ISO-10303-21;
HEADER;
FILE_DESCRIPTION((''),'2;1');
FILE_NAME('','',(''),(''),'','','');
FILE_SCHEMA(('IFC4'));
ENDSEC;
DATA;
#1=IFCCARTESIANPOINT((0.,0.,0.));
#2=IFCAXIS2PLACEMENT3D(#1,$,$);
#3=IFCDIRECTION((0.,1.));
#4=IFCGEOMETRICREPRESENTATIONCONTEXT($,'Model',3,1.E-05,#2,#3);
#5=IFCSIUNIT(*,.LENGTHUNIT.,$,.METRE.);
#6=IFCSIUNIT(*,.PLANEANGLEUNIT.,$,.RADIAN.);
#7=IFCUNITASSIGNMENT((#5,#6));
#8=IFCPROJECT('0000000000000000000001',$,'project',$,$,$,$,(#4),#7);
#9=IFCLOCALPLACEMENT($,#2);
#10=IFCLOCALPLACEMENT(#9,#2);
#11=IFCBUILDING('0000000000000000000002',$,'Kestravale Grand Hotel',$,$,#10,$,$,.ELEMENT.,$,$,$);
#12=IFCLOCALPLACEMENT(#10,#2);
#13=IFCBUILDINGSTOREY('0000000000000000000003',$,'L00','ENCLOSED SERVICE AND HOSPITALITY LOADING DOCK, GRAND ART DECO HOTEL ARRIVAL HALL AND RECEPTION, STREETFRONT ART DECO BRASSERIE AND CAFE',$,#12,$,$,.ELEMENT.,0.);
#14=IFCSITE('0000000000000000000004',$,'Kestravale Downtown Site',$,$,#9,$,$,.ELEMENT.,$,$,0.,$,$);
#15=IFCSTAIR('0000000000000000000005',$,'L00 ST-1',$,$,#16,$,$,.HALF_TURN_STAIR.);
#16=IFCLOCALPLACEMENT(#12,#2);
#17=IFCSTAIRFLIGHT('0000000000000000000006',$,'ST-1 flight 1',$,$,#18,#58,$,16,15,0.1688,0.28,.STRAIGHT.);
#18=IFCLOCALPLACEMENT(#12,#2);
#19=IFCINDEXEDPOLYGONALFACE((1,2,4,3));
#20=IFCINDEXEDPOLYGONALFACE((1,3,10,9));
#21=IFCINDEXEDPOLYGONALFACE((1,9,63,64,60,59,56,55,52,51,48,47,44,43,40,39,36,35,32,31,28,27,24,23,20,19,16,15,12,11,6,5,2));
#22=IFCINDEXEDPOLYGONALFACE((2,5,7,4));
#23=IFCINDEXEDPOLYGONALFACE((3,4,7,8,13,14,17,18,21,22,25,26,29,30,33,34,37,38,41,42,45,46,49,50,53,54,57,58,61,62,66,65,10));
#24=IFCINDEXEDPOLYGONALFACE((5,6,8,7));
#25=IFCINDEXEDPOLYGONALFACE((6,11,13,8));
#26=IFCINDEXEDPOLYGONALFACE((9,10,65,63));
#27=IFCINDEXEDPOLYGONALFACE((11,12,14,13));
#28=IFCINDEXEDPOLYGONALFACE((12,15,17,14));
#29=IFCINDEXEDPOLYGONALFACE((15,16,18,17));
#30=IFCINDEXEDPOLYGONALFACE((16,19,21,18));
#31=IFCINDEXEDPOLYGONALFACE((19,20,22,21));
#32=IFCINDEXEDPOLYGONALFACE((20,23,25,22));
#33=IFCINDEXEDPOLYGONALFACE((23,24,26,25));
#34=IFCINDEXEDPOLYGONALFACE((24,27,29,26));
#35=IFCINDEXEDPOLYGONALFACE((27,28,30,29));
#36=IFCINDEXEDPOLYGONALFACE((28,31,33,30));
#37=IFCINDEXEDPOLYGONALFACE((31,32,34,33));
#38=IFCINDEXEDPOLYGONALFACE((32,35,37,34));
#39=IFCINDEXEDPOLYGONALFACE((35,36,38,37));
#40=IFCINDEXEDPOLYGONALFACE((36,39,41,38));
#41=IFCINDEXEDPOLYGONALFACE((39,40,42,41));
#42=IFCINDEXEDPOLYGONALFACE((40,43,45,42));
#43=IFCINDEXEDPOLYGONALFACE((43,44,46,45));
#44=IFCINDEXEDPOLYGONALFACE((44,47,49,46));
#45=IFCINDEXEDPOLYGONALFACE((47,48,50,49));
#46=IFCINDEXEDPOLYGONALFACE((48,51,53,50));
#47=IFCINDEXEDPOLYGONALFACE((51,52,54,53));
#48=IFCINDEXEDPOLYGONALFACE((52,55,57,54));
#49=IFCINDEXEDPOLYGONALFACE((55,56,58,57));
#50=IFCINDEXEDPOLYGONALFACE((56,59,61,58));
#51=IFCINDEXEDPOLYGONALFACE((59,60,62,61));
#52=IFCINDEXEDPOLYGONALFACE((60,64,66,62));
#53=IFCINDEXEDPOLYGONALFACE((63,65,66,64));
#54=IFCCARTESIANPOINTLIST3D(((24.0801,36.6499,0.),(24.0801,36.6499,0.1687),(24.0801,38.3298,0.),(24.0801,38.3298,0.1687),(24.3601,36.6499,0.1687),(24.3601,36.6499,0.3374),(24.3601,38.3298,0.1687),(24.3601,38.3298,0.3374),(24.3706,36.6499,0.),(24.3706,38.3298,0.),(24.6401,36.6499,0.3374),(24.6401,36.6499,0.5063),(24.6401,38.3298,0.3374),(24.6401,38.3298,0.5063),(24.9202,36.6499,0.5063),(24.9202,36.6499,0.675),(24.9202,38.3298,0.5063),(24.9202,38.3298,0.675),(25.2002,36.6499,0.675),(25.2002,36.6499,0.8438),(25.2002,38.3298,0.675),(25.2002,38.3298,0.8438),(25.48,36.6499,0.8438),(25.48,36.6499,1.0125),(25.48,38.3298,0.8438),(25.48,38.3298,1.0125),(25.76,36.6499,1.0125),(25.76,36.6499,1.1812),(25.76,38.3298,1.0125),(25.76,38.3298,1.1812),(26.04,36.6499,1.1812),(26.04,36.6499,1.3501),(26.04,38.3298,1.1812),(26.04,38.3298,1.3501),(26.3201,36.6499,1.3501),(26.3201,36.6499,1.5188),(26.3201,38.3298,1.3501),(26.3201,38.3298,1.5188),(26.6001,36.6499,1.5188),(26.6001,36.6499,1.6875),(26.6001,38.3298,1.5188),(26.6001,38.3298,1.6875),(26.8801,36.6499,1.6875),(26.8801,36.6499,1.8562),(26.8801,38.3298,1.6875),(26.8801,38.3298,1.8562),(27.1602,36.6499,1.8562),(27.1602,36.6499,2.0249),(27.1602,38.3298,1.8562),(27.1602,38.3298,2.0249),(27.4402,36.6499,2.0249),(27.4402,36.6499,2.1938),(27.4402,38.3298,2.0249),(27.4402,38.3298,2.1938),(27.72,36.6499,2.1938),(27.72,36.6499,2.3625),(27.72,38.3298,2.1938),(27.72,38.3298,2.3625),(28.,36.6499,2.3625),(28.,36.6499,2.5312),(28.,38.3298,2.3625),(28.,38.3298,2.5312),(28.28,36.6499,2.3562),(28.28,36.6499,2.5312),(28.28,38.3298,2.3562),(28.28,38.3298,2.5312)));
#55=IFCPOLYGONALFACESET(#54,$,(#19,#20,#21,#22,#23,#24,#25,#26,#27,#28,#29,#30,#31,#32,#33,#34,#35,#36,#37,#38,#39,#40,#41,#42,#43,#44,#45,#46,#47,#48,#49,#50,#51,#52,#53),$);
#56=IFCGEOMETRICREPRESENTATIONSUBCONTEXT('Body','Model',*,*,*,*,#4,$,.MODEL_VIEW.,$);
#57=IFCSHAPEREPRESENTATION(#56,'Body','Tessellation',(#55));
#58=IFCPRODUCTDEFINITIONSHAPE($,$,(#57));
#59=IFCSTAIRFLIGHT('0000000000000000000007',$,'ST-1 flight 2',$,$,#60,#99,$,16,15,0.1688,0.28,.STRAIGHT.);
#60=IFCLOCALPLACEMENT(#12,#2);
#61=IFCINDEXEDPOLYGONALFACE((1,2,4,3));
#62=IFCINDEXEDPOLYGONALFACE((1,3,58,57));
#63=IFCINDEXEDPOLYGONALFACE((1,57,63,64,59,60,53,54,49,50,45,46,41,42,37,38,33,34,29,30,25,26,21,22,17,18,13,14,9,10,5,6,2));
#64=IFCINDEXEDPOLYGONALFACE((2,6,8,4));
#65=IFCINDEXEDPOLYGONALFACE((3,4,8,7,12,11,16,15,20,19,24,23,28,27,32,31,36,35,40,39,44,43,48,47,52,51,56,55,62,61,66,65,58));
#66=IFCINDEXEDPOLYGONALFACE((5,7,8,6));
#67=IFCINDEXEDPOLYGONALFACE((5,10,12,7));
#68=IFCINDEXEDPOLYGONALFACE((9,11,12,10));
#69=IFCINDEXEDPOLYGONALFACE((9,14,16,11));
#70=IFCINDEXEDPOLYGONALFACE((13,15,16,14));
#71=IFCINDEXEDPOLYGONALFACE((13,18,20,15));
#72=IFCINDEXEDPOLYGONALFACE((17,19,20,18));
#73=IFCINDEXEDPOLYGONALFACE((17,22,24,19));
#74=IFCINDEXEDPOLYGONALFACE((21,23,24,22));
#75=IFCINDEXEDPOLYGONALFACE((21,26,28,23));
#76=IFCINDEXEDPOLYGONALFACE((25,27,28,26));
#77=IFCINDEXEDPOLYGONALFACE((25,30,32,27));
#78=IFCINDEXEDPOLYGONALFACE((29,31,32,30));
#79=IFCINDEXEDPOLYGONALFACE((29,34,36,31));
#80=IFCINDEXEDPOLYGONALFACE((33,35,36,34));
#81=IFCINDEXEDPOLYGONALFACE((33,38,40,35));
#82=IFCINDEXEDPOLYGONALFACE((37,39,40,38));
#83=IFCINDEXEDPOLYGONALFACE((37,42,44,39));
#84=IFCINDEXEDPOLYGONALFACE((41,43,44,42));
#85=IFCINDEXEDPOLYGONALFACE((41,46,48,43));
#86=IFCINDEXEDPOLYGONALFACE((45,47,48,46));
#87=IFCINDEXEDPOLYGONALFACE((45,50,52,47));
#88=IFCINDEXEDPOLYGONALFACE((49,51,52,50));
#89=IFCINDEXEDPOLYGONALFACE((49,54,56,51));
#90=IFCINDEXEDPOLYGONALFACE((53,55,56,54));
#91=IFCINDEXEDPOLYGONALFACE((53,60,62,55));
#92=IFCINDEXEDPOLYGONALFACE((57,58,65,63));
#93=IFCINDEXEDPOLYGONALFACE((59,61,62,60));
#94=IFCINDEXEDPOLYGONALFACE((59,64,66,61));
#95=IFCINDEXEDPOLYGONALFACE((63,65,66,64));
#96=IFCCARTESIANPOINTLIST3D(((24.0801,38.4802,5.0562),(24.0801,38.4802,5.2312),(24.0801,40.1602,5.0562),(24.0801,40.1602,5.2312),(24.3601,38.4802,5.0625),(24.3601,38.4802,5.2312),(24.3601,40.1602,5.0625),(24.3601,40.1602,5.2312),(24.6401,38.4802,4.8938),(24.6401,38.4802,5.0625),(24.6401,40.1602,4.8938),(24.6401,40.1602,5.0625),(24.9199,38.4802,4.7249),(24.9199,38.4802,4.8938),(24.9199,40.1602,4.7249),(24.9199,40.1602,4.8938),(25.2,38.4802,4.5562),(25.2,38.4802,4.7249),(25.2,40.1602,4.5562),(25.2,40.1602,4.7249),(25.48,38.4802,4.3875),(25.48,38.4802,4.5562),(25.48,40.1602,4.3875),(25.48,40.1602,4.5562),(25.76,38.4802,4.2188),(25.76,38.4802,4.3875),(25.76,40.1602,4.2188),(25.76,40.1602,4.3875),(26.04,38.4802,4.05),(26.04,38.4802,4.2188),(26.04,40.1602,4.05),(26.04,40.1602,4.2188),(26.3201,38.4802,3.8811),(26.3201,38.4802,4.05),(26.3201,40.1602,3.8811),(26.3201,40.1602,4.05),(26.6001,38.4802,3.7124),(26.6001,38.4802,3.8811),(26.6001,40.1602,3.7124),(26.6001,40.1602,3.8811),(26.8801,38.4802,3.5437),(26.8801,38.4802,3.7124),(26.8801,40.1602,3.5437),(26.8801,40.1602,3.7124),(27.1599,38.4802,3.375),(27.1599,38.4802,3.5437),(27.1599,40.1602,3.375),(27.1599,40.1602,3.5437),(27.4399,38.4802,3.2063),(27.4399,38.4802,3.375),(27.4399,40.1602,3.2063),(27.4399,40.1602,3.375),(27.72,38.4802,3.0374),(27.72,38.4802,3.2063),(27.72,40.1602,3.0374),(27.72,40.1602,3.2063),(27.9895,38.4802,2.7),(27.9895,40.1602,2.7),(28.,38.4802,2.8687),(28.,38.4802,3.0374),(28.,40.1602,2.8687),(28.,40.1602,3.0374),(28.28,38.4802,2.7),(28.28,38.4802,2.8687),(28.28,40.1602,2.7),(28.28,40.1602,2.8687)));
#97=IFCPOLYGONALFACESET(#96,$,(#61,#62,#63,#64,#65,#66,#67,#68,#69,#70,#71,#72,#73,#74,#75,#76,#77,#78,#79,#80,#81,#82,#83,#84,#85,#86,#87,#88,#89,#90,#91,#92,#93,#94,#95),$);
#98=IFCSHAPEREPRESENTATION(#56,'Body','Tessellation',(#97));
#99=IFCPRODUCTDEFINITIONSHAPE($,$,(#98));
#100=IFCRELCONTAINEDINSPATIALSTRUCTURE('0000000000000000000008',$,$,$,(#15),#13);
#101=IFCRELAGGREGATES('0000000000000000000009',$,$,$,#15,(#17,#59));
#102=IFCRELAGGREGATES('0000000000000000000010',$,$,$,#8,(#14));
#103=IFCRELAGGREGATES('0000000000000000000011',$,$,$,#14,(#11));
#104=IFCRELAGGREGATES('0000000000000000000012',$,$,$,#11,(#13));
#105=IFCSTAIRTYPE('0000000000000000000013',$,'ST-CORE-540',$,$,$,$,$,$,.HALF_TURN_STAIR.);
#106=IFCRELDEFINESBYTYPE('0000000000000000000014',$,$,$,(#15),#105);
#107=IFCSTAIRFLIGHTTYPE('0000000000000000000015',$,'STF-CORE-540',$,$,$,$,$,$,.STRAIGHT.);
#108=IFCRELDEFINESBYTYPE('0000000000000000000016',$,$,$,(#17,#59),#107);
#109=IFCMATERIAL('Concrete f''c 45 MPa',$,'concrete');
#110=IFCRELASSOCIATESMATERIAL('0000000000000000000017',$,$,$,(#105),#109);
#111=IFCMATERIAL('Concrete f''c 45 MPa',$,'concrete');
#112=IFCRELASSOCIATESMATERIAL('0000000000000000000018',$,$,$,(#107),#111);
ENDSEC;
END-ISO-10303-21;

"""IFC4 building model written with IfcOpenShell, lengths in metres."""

from ifc_helpers import new_model, si_unit, direction, frame, origin, place, context, subcontext, project, spatial, polyline, outline, extrude, material, type_object, element, aggregate, save


model = new_model("IFC4")

# Units and contexts
model_context = context("Model", 3, precision=1e-05, world=origin(), true_north=direction((0.0, 1.0)))
body_context = subcontext(model_context, "Body", "Model", "MODEL_VIEW")
ifc_project = project(units=[si_unit("LENGTHUNIT", "METRE"), si_unit("PLANEANGLEUNIT", "RADIAN")], contexts=[model_context])

# Site, building, storey
site_placement = place(None, origin())
site = spatial("IfcSite", under=ifc_project, at=site_placement, Name="Kestravale Downtown Site", CompositionType="ELEMENT", RefElevation=0.0)
building_placement = place(site_placement, origin())
building = spatial("IfcBuilding", under=site, at=building_placement, Name="Kestravale Grand Hotel", CompositionType="ELEMENT")
storey_placement = place(building_placement, origin())
storey = spatial("IfcBuildingStorey", under=building, at=storey_placement, Name="L00", Description="ENCLOSED SERVICE AND HOSPITALITY LOADING DOCK, GRAND ART DECO HOTEL ARRIVAL HALL AND RECEPTION, STREETFRONT ART DECO BRASSERIE AND CAFE", CompositionType="ELEMENT", Elevation=0.0)

# Stair, stair flights
ifc_material_1 = material(Name="Concrete f'c 45 MPa", Category="concrete")
stair_type = type_object("IfcStairType", Name="ST-CORE-540", PredefinedType="HALF_TURN_STAIR", material=ifc_material_1)
stair_placement = place(storey_placement, origin())
stair = element("IfcStair", 1, at=stair_placement, inside=storey, type_object=stair_type, Name="L00 ST-1", PredefinedType="HALF_TURN_STAIR")
ifc_material_2 = material(Name="Concrete f'c 45 MPa", Category="concrete")
stair_flight_type = type_object("IfcStairFlightType", Name="STF-CORE-540", PredefinedType="STRAIGHT", material=ifc_material_2)
stair_flight_1_placement = place(storey_placement, frame((24.0801, 37.49, 0.0), z_axis=(0.0, 0.0, 1.0), x_axis=(1.0, 0.0, 0.0)))
stair_flight_1 = element("IfcStairFlight", 2, at=stair_flight_1_placement, type_object=stair_flight_type, Name="ST-1 flight 1", NumberOfRisers=16, NumberOfTreads=15, PredefinedType="STRAIGHT", RiserHeight=0.1688, TreadLength=0.28, context=body_context, shape_type="SweptSolid", body=[
    extrude(outline(polyline([(0.0, 0.0), (0.0, 0.1687), (0.28, 0.1687), (0.28, 0.3374), (0.5601, 0.3374), (0.5601, 0.5063), (0.8401, 0.5063), (0.8401, 0.675), (1.1201, 0.675), (1.1201, 0.8438), (1.3999, 0.8438), (1.3999, 1.0125), (1.6799, 1.0125), (1.6799, 1.1812), (1.96, 1.1812), (1.96, 1.3501), (2.24, 1.3501), (2.24, 1.5188), (2.52, 1.5188), (2.52, 1.6875), (2.8, 1.6875), (2.8, 1.8562), (3.0801, 1.8562), (3.0801, 2.0249), (3.3601, 2.0249), (3.3601, 2.1938), (3.6399, 2.1938), (3.6399, 2.3625), (3.9199, 2.3625), (3.9199, 2.5312), (4.2, 2.5312), (4.2, 2.7), (4.2, 2.3562), (0.2905, 0.0), (0.0, 0.0)])), frame((0.0, 0.8398, 0.0), z_axis=(0.0, -1.0, 0.0), x_axis=(1.0, 0.0, 0.0)), (0.0, 0.0, 1.0), 1.6799),
])
stair_flight_2_placement = place(storey_placement, frame((28.28, 39.3201, 2.7), z_axis=(0.0, 0.0, 1.0), x_axis=(-1.0, 0.0, 0.0)))
stair_flight_2 = element("IfcStairFlight", 3, at=stair_flight_2_placement, type_object=stair_flight_type, Name="ST-1 flight 2", NumberOfRisers=16, NumberOfTreads=15, PredefinedType="STRAIGHT", RiserHeight=0.1688, TreadLength=0.28, context=body_context, shape_type="SweptSolid", body=[
    extrude(outline(polyline([(0.0, 0.0), (0.0, 0.1687), (0.28, 0.1687), (0.28, 0.3374), (0.5601, 0.3374), (0.5601, 0.5063), (0.8401, 0.5063), (0.8401, 0.675), (1.1201, 0.675), (1.1201, 0.8438), (1.3999, 0.8438), (1.3999, 1.0125), (1.6799, 1.0125), (1.6799, 1.1812), (1.96, 1.1812), (1.96, 1.3501), (2.24, 1.3501), (2.24, 1.5188), (2.52, 1.5188), (2.52, 1.6875), (2.8, 1.6875), (2.8, 1.8562), (3.0801, 1.8562), (3.0801, 2.0249), (3.3601, 2.0249), (3.3601, 2.1938), (3.6399, 2.1938), (3.6399, 2.3625), (3.9199, 2.3625), (3.9199, 2.5312), (4.2, 2.5312), (4.2, 2.7), (4.2, 2.3562), (0.2905, 0.0), (0.0, 0.0)])), frame((0.0, 0.8398, 0.0), z_axis=(0.0, -1.0, 0.0), x_axis=(1.0, 0.0, 0.0)), (0.0, 0.0, 1.0), 1.6799),
])
aggregate(stair, [stair_flight_1, stair_flight_2])

save(model, "model.ifc")
